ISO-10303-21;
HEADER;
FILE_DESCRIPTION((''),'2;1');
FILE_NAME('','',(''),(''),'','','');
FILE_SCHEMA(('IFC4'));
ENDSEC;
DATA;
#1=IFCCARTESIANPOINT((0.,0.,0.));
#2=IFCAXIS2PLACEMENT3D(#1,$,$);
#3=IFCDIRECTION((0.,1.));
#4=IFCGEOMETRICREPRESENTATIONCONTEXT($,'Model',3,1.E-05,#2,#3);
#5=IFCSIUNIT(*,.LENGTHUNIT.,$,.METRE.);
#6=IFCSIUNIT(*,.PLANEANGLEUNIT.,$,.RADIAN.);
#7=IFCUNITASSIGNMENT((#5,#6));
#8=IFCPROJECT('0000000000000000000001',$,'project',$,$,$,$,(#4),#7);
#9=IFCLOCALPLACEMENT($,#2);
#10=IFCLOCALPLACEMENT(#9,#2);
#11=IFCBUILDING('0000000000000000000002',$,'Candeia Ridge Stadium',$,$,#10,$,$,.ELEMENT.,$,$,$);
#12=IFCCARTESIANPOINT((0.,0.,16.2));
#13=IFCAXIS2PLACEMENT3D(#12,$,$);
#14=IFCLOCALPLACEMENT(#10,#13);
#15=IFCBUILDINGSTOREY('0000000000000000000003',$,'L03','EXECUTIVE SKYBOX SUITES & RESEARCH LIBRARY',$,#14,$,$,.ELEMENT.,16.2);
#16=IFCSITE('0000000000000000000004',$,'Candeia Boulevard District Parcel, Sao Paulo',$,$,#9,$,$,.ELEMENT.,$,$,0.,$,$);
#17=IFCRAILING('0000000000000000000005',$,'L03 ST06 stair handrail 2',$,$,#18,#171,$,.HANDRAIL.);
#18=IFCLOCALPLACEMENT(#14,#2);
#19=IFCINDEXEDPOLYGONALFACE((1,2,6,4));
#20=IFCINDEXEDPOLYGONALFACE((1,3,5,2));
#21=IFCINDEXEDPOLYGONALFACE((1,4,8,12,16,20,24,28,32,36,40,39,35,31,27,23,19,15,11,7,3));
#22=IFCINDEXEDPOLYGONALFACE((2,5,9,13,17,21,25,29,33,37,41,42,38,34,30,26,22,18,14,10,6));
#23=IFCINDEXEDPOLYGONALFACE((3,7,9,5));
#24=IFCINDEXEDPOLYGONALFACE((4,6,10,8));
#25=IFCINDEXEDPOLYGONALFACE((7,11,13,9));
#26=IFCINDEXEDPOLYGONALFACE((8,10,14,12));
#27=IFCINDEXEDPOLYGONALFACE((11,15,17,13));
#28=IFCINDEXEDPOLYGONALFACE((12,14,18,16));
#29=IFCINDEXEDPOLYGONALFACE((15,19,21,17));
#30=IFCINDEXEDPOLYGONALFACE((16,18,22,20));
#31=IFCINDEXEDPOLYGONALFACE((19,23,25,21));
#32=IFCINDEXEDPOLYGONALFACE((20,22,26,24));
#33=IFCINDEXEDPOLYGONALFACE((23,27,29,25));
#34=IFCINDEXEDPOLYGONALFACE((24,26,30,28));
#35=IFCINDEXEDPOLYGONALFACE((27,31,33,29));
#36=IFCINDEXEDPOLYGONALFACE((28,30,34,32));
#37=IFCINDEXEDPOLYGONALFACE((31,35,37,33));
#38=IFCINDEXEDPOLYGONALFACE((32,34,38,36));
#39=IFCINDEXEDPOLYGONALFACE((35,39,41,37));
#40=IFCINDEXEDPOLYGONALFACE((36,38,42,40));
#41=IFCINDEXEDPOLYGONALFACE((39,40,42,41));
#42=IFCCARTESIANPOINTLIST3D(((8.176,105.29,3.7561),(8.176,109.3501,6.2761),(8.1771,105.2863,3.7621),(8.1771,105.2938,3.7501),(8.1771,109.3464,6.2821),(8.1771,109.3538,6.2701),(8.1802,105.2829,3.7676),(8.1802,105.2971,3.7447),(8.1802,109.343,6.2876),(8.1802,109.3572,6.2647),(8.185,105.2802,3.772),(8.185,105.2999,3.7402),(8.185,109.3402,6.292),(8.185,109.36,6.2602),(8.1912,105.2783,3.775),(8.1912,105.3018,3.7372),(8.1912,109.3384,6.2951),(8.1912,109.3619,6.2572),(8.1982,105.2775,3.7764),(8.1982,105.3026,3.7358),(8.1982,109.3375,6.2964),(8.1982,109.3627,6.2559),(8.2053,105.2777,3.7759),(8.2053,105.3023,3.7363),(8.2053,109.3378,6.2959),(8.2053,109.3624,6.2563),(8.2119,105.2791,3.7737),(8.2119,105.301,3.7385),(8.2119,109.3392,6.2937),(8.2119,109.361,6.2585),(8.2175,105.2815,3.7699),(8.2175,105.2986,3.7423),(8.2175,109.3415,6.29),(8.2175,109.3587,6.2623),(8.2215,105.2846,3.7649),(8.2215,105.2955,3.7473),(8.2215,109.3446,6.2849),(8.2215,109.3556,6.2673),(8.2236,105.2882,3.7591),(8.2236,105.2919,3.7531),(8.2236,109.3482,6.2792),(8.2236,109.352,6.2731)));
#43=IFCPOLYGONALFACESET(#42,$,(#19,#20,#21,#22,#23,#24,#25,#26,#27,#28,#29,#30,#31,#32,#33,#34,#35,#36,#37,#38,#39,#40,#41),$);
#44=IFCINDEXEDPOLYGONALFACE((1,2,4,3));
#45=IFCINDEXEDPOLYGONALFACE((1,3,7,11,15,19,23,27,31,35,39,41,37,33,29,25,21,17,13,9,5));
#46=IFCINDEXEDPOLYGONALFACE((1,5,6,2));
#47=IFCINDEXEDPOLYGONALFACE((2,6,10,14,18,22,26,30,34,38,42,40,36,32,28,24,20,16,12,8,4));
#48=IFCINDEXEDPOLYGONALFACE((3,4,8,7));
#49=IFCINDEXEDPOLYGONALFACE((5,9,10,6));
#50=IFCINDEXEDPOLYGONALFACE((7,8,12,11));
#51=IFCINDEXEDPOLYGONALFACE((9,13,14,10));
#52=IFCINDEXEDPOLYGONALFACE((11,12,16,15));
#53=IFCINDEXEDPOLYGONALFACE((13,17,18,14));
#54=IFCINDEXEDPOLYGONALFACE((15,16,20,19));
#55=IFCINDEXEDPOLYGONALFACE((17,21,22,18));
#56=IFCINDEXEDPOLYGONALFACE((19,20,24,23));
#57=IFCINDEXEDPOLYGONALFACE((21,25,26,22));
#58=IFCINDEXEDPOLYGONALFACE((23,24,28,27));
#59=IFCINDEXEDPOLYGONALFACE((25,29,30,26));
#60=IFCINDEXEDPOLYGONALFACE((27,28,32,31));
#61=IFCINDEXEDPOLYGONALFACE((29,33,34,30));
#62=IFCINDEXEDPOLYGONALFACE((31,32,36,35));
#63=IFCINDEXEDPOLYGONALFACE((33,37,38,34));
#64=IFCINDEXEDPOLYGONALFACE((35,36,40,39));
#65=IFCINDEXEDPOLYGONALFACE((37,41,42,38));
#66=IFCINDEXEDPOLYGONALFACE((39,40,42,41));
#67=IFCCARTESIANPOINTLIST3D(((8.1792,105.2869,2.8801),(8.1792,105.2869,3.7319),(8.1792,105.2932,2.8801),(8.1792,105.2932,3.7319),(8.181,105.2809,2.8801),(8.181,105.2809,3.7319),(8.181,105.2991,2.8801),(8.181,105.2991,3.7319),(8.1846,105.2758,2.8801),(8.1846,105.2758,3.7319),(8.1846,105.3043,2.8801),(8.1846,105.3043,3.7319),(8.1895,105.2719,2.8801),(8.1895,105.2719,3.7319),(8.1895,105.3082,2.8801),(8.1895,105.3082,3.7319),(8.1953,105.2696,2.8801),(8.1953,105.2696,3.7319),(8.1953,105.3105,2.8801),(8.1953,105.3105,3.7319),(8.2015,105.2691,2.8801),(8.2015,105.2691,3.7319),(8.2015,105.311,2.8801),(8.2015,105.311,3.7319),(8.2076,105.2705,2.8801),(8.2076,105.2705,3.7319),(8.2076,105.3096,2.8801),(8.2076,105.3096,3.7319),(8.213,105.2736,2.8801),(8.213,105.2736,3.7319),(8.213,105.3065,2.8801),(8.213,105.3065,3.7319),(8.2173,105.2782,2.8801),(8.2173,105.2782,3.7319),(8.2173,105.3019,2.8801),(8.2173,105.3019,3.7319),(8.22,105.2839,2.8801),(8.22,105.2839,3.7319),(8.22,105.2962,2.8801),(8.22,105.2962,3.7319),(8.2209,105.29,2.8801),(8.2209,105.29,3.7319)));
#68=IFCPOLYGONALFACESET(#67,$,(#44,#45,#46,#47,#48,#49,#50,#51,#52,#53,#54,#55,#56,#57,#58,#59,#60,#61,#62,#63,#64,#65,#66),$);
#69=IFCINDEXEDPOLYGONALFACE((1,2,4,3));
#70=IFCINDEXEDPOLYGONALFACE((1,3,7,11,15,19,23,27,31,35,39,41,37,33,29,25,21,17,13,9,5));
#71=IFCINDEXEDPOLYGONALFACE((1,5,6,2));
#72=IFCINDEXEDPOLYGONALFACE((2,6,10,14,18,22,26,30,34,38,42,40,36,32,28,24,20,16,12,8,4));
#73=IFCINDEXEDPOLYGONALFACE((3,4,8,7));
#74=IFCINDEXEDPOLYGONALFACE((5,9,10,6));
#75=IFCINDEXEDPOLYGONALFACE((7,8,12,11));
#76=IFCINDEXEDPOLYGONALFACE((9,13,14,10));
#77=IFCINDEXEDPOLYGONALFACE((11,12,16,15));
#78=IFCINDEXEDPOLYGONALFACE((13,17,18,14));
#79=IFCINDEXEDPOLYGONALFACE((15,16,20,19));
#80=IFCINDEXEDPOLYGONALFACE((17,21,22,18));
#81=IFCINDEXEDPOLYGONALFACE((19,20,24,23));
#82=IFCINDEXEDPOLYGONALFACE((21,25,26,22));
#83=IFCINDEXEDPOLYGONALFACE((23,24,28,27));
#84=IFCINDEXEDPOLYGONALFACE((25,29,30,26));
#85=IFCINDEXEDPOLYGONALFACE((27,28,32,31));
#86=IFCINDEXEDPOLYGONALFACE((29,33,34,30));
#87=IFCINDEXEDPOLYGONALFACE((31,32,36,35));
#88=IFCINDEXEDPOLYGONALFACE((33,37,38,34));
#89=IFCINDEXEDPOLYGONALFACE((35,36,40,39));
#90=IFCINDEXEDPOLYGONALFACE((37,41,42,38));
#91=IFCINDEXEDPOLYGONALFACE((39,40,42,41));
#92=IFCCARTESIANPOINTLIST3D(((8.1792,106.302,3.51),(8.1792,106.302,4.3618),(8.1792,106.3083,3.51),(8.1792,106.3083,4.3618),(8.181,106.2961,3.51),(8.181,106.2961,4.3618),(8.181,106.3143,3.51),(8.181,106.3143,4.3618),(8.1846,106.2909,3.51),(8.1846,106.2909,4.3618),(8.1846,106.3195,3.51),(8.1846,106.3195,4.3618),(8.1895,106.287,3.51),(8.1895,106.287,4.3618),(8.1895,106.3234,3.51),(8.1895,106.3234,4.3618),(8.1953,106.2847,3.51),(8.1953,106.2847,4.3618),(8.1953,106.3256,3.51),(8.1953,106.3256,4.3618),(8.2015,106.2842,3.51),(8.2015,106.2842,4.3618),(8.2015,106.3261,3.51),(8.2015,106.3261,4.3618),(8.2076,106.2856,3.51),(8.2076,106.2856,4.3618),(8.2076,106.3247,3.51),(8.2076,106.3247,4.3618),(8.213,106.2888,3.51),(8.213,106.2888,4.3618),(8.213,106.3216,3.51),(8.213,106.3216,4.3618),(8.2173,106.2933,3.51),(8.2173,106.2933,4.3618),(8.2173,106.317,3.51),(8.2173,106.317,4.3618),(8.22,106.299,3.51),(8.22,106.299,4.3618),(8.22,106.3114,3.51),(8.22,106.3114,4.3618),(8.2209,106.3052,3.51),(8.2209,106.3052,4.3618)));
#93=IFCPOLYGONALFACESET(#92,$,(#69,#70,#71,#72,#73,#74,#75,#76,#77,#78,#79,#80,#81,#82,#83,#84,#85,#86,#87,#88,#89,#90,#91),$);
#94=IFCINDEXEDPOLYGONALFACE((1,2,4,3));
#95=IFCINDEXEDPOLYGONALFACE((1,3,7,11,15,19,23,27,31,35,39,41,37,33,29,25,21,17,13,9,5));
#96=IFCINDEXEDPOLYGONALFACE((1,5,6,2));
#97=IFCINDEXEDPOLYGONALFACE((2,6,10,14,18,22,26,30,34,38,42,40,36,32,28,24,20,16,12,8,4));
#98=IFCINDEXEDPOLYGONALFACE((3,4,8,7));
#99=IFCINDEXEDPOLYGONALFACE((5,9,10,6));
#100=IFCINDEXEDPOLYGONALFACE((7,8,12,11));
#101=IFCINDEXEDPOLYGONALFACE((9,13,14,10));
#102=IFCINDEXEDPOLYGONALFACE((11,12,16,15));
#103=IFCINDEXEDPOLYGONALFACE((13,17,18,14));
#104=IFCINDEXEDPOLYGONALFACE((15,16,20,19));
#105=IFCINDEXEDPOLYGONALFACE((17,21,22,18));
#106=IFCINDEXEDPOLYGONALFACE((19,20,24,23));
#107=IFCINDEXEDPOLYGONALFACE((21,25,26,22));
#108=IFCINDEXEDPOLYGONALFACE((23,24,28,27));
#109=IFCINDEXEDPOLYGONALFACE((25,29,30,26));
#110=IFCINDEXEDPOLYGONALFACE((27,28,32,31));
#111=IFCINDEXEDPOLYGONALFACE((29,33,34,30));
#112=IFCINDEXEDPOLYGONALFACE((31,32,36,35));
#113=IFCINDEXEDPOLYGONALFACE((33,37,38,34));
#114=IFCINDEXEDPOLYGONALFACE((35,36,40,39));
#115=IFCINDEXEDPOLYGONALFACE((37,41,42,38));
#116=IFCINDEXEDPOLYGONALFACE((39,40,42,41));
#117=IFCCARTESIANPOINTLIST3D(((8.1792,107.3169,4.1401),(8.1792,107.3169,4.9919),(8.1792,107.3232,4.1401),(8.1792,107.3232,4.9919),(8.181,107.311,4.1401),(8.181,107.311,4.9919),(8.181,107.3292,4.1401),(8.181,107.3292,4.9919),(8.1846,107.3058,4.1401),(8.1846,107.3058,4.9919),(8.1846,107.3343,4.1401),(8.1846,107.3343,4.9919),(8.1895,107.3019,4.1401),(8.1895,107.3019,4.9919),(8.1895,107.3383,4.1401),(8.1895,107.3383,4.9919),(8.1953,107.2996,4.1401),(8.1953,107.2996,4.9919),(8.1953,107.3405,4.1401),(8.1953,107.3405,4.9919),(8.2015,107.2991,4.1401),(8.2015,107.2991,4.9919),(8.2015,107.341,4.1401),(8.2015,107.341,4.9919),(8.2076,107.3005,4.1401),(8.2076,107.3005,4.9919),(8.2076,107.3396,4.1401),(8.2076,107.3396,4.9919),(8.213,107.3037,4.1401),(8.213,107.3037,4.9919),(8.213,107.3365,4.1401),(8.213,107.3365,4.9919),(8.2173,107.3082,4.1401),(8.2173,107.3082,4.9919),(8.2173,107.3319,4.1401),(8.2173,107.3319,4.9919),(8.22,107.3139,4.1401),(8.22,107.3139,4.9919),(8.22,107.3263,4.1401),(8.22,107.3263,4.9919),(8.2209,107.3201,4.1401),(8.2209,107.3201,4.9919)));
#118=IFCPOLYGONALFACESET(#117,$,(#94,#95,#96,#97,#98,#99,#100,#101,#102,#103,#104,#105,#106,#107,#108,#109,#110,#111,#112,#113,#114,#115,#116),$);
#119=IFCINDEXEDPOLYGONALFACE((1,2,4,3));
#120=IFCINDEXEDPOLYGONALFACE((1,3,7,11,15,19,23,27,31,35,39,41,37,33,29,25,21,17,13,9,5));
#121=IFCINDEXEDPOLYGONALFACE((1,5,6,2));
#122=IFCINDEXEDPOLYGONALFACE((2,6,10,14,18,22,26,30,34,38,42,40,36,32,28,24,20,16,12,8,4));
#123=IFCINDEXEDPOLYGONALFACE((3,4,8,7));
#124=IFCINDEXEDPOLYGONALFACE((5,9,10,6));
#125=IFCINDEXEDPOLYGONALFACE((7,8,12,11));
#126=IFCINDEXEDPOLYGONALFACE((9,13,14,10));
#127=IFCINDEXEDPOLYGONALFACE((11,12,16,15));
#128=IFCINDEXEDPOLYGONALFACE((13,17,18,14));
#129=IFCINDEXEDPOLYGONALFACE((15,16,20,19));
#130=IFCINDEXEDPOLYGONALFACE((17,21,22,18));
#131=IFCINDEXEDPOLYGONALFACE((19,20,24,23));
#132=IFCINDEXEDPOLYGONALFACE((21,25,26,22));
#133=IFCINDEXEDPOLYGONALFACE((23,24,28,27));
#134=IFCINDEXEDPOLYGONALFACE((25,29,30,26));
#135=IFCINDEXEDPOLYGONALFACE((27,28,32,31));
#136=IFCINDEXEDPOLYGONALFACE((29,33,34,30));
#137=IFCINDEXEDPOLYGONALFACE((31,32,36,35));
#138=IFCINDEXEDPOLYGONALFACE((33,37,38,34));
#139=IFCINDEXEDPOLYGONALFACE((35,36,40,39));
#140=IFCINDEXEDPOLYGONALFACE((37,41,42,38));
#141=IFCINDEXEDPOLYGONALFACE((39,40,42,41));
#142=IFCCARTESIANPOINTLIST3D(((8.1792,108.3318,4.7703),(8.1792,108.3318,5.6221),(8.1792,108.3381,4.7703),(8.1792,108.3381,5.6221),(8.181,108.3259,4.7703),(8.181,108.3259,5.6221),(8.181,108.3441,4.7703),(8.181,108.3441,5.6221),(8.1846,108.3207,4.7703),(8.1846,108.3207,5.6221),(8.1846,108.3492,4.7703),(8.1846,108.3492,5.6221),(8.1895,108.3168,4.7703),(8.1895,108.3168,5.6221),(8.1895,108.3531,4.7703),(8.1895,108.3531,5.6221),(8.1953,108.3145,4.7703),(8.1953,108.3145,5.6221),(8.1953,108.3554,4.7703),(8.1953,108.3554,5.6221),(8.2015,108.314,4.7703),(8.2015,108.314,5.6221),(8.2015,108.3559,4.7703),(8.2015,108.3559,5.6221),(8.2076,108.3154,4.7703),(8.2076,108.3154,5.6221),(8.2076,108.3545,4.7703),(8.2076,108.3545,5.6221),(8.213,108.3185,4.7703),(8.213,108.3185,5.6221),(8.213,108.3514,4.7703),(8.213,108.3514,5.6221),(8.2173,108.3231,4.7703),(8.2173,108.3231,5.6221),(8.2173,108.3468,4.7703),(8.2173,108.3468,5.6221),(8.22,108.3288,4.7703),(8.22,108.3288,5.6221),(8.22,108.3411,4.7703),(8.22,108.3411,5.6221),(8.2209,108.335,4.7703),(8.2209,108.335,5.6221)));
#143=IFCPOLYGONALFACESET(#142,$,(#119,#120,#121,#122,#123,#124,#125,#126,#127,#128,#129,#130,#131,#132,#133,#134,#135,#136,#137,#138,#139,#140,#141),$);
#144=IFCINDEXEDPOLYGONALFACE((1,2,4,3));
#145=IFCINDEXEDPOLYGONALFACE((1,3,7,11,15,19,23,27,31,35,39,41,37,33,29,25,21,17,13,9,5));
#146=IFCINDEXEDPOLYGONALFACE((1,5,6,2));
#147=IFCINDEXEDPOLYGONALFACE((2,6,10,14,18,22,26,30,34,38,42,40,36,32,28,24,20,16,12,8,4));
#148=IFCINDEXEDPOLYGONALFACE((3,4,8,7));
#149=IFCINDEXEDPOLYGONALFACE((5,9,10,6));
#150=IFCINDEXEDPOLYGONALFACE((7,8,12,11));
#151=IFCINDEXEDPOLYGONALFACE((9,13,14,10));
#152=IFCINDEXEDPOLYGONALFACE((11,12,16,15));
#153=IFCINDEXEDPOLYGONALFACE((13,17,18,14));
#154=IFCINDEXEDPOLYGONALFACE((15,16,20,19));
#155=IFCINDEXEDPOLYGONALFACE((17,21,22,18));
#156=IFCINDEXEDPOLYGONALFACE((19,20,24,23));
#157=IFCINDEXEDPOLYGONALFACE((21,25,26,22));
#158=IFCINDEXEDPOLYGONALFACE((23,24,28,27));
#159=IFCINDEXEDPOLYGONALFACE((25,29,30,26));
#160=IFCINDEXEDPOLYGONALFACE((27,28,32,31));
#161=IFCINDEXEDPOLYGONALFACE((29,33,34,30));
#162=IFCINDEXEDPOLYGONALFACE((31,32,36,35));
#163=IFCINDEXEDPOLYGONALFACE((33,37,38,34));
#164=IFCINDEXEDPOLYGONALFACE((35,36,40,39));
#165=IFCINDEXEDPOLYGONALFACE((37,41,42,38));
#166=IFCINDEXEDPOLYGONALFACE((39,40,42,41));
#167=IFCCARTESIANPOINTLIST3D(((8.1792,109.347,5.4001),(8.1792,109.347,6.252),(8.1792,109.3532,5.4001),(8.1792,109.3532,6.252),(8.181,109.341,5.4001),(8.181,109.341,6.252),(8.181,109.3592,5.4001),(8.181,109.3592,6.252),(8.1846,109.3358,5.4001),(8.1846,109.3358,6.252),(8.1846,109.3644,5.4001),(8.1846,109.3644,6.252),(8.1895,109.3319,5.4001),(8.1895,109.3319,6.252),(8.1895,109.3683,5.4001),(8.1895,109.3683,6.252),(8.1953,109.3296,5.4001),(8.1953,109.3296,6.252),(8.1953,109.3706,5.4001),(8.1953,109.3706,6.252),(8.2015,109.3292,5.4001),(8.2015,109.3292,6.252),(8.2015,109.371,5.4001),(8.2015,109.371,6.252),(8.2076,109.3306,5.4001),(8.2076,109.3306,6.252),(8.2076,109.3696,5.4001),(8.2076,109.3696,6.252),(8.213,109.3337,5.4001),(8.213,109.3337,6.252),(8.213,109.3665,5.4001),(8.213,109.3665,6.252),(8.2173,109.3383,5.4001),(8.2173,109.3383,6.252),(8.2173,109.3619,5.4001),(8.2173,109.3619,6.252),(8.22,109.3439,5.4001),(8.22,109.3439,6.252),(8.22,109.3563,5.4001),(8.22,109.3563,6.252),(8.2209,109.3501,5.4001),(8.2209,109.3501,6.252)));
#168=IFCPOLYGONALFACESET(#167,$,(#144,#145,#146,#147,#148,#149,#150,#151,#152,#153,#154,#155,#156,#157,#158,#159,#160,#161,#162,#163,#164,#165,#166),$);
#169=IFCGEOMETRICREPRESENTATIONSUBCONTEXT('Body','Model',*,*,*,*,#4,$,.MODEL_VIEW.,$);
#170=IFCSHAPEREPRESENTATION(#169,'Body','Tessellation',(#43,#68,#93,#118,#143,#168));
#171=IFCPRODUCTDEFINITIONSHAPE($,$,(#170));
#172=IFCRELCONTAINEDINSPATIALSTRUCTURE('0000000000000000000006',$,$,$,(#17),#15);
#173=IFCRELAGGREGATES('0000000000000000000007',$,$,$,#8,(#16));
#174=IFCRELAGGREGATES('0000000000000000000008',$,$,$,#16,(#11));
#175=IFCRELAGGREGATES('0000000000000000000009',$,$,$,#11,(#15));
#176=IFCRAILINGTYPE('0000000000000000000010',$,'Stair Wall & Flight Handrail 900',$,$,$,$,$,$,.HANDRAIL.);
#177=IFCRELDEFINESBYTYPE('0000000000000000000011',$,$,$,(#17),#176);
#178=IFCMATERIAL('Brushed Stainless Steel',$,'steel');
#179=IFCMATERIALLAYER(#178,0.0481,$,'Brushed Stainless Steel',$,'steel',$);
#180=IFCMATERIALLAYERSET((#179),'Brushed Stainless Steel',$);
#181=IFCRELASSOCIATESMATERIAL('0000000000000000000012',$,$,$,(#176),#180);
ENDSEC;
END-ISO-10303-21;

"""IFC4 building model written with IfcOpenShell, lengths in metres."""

from ifc_helpers import new_model, si_unit, direction, frame, origin, origin_2d, place, context, subcontext, project, spatial, circle, extrude, material, layer, layer_set, type_object, element, save


model = new_model("IFC4")

# Units and contexts
model_context = context("Model", 3, precision=1e-05, world=origin(), true_north=direction((0.0, 1.0)))
body_context = subcontext(model_context, "Body", "Model", "MODEL_VIEW")
ifc_project = project(units=[si_unit("LENGTHUNIT", "METRE"), si_unit("PLANEANGLEUNIT", "RADIAN")], contexts=[model_context])

# Site, building, storey
site_placement = place(None, origin())
site = spatial("IfcSite", under=ifc_project, at=site_placement, Name="Candeia Boulevard District Parcel, Sao Paulo", CompositionType="ELEMENT", RefElevation=0.0)
building_placement = place(site_placement, origin())
building = spatial("IfcBuilding", under=site, at=building_placement, Name="Candeia Ridge Stadium", CompositionType="ELEMENT")
storey_placement = place(building_placement, frame((0.0, 0.0, 16.2)))
storey = spatial("IfcBuildingStorey", under=building, at=storey_placement, Name="L03", Description="EXECUTIVE SKYBOX SUITES & RESEARCH LIBRARY", CompositionType="ELEMENT", Elevation=16.2)

# Railing
ifc_material_1 = material(Name="Brushed Stainless Steel", Category="steel")
ifc_layer_1 = layer(ifc_material_1, 0.0481, Name="Brushed Stainless Steel", Category="steel")
ifc_layer_set_1 = layer_set([ifc_layer_1], Name="Brushed Stainless Steel")
railing_type_1 = type_object("IfcRailingType", Name="Stair Wall & Flight Handrail 900", PredefinedType="HANDRAIL", material=ifc_layer_set_1)
railing_1_placement = place(storey_placement, frame((8.2, 105.29, 2.8801)))
element("IfcRailing", 1, at=railing_1_placement, inside=storey, type_object=railing_type_1, Name="L03 ST06 stair handrail 2", PredefinedType="HANDRAIL", context=body_context, shape_type="SweptSolid", body=[
    extrude(circle(Radius=0.0239, at=origin_2d()), frame((0.0, 0.0, 0.876), z_axis=(0.0, 0.849642, 0.52736), x_axis=(-1.0, 0.0, 0.0)), (0.0, 0.0, 1.0), 4.7786),
    extrude(circle(Radius=0.021, at=origin_2d()), origin(), (0.0, 0.0, 1.0), 0.8518),
    extrude(circle(Radius=0.021, at=origin_2d()), frame((0.0, 1.0151, 0.6299)), (0.0, 0.0, 1.0), 0.8518),
    extrude(circle(Radius=0.021, at=origin_2d()), frame((0.0, 2.03, 1.26)), (0.0, 0.0, 1.0), 0.8518),
    extrude(circle(Radius=0.021, at=origin_2d()), frame((0.0, 3.0449, 1.8901)), (0.0, 0.0, 1.0), 0.8518),
    extrude(circle(Radius=0.021, at=origin_2d()), frame((0.0, 4.0601, 2.52)), (0.0, 0.0, 1.0), 0.8518),
])

save(model, "model.ifc")
